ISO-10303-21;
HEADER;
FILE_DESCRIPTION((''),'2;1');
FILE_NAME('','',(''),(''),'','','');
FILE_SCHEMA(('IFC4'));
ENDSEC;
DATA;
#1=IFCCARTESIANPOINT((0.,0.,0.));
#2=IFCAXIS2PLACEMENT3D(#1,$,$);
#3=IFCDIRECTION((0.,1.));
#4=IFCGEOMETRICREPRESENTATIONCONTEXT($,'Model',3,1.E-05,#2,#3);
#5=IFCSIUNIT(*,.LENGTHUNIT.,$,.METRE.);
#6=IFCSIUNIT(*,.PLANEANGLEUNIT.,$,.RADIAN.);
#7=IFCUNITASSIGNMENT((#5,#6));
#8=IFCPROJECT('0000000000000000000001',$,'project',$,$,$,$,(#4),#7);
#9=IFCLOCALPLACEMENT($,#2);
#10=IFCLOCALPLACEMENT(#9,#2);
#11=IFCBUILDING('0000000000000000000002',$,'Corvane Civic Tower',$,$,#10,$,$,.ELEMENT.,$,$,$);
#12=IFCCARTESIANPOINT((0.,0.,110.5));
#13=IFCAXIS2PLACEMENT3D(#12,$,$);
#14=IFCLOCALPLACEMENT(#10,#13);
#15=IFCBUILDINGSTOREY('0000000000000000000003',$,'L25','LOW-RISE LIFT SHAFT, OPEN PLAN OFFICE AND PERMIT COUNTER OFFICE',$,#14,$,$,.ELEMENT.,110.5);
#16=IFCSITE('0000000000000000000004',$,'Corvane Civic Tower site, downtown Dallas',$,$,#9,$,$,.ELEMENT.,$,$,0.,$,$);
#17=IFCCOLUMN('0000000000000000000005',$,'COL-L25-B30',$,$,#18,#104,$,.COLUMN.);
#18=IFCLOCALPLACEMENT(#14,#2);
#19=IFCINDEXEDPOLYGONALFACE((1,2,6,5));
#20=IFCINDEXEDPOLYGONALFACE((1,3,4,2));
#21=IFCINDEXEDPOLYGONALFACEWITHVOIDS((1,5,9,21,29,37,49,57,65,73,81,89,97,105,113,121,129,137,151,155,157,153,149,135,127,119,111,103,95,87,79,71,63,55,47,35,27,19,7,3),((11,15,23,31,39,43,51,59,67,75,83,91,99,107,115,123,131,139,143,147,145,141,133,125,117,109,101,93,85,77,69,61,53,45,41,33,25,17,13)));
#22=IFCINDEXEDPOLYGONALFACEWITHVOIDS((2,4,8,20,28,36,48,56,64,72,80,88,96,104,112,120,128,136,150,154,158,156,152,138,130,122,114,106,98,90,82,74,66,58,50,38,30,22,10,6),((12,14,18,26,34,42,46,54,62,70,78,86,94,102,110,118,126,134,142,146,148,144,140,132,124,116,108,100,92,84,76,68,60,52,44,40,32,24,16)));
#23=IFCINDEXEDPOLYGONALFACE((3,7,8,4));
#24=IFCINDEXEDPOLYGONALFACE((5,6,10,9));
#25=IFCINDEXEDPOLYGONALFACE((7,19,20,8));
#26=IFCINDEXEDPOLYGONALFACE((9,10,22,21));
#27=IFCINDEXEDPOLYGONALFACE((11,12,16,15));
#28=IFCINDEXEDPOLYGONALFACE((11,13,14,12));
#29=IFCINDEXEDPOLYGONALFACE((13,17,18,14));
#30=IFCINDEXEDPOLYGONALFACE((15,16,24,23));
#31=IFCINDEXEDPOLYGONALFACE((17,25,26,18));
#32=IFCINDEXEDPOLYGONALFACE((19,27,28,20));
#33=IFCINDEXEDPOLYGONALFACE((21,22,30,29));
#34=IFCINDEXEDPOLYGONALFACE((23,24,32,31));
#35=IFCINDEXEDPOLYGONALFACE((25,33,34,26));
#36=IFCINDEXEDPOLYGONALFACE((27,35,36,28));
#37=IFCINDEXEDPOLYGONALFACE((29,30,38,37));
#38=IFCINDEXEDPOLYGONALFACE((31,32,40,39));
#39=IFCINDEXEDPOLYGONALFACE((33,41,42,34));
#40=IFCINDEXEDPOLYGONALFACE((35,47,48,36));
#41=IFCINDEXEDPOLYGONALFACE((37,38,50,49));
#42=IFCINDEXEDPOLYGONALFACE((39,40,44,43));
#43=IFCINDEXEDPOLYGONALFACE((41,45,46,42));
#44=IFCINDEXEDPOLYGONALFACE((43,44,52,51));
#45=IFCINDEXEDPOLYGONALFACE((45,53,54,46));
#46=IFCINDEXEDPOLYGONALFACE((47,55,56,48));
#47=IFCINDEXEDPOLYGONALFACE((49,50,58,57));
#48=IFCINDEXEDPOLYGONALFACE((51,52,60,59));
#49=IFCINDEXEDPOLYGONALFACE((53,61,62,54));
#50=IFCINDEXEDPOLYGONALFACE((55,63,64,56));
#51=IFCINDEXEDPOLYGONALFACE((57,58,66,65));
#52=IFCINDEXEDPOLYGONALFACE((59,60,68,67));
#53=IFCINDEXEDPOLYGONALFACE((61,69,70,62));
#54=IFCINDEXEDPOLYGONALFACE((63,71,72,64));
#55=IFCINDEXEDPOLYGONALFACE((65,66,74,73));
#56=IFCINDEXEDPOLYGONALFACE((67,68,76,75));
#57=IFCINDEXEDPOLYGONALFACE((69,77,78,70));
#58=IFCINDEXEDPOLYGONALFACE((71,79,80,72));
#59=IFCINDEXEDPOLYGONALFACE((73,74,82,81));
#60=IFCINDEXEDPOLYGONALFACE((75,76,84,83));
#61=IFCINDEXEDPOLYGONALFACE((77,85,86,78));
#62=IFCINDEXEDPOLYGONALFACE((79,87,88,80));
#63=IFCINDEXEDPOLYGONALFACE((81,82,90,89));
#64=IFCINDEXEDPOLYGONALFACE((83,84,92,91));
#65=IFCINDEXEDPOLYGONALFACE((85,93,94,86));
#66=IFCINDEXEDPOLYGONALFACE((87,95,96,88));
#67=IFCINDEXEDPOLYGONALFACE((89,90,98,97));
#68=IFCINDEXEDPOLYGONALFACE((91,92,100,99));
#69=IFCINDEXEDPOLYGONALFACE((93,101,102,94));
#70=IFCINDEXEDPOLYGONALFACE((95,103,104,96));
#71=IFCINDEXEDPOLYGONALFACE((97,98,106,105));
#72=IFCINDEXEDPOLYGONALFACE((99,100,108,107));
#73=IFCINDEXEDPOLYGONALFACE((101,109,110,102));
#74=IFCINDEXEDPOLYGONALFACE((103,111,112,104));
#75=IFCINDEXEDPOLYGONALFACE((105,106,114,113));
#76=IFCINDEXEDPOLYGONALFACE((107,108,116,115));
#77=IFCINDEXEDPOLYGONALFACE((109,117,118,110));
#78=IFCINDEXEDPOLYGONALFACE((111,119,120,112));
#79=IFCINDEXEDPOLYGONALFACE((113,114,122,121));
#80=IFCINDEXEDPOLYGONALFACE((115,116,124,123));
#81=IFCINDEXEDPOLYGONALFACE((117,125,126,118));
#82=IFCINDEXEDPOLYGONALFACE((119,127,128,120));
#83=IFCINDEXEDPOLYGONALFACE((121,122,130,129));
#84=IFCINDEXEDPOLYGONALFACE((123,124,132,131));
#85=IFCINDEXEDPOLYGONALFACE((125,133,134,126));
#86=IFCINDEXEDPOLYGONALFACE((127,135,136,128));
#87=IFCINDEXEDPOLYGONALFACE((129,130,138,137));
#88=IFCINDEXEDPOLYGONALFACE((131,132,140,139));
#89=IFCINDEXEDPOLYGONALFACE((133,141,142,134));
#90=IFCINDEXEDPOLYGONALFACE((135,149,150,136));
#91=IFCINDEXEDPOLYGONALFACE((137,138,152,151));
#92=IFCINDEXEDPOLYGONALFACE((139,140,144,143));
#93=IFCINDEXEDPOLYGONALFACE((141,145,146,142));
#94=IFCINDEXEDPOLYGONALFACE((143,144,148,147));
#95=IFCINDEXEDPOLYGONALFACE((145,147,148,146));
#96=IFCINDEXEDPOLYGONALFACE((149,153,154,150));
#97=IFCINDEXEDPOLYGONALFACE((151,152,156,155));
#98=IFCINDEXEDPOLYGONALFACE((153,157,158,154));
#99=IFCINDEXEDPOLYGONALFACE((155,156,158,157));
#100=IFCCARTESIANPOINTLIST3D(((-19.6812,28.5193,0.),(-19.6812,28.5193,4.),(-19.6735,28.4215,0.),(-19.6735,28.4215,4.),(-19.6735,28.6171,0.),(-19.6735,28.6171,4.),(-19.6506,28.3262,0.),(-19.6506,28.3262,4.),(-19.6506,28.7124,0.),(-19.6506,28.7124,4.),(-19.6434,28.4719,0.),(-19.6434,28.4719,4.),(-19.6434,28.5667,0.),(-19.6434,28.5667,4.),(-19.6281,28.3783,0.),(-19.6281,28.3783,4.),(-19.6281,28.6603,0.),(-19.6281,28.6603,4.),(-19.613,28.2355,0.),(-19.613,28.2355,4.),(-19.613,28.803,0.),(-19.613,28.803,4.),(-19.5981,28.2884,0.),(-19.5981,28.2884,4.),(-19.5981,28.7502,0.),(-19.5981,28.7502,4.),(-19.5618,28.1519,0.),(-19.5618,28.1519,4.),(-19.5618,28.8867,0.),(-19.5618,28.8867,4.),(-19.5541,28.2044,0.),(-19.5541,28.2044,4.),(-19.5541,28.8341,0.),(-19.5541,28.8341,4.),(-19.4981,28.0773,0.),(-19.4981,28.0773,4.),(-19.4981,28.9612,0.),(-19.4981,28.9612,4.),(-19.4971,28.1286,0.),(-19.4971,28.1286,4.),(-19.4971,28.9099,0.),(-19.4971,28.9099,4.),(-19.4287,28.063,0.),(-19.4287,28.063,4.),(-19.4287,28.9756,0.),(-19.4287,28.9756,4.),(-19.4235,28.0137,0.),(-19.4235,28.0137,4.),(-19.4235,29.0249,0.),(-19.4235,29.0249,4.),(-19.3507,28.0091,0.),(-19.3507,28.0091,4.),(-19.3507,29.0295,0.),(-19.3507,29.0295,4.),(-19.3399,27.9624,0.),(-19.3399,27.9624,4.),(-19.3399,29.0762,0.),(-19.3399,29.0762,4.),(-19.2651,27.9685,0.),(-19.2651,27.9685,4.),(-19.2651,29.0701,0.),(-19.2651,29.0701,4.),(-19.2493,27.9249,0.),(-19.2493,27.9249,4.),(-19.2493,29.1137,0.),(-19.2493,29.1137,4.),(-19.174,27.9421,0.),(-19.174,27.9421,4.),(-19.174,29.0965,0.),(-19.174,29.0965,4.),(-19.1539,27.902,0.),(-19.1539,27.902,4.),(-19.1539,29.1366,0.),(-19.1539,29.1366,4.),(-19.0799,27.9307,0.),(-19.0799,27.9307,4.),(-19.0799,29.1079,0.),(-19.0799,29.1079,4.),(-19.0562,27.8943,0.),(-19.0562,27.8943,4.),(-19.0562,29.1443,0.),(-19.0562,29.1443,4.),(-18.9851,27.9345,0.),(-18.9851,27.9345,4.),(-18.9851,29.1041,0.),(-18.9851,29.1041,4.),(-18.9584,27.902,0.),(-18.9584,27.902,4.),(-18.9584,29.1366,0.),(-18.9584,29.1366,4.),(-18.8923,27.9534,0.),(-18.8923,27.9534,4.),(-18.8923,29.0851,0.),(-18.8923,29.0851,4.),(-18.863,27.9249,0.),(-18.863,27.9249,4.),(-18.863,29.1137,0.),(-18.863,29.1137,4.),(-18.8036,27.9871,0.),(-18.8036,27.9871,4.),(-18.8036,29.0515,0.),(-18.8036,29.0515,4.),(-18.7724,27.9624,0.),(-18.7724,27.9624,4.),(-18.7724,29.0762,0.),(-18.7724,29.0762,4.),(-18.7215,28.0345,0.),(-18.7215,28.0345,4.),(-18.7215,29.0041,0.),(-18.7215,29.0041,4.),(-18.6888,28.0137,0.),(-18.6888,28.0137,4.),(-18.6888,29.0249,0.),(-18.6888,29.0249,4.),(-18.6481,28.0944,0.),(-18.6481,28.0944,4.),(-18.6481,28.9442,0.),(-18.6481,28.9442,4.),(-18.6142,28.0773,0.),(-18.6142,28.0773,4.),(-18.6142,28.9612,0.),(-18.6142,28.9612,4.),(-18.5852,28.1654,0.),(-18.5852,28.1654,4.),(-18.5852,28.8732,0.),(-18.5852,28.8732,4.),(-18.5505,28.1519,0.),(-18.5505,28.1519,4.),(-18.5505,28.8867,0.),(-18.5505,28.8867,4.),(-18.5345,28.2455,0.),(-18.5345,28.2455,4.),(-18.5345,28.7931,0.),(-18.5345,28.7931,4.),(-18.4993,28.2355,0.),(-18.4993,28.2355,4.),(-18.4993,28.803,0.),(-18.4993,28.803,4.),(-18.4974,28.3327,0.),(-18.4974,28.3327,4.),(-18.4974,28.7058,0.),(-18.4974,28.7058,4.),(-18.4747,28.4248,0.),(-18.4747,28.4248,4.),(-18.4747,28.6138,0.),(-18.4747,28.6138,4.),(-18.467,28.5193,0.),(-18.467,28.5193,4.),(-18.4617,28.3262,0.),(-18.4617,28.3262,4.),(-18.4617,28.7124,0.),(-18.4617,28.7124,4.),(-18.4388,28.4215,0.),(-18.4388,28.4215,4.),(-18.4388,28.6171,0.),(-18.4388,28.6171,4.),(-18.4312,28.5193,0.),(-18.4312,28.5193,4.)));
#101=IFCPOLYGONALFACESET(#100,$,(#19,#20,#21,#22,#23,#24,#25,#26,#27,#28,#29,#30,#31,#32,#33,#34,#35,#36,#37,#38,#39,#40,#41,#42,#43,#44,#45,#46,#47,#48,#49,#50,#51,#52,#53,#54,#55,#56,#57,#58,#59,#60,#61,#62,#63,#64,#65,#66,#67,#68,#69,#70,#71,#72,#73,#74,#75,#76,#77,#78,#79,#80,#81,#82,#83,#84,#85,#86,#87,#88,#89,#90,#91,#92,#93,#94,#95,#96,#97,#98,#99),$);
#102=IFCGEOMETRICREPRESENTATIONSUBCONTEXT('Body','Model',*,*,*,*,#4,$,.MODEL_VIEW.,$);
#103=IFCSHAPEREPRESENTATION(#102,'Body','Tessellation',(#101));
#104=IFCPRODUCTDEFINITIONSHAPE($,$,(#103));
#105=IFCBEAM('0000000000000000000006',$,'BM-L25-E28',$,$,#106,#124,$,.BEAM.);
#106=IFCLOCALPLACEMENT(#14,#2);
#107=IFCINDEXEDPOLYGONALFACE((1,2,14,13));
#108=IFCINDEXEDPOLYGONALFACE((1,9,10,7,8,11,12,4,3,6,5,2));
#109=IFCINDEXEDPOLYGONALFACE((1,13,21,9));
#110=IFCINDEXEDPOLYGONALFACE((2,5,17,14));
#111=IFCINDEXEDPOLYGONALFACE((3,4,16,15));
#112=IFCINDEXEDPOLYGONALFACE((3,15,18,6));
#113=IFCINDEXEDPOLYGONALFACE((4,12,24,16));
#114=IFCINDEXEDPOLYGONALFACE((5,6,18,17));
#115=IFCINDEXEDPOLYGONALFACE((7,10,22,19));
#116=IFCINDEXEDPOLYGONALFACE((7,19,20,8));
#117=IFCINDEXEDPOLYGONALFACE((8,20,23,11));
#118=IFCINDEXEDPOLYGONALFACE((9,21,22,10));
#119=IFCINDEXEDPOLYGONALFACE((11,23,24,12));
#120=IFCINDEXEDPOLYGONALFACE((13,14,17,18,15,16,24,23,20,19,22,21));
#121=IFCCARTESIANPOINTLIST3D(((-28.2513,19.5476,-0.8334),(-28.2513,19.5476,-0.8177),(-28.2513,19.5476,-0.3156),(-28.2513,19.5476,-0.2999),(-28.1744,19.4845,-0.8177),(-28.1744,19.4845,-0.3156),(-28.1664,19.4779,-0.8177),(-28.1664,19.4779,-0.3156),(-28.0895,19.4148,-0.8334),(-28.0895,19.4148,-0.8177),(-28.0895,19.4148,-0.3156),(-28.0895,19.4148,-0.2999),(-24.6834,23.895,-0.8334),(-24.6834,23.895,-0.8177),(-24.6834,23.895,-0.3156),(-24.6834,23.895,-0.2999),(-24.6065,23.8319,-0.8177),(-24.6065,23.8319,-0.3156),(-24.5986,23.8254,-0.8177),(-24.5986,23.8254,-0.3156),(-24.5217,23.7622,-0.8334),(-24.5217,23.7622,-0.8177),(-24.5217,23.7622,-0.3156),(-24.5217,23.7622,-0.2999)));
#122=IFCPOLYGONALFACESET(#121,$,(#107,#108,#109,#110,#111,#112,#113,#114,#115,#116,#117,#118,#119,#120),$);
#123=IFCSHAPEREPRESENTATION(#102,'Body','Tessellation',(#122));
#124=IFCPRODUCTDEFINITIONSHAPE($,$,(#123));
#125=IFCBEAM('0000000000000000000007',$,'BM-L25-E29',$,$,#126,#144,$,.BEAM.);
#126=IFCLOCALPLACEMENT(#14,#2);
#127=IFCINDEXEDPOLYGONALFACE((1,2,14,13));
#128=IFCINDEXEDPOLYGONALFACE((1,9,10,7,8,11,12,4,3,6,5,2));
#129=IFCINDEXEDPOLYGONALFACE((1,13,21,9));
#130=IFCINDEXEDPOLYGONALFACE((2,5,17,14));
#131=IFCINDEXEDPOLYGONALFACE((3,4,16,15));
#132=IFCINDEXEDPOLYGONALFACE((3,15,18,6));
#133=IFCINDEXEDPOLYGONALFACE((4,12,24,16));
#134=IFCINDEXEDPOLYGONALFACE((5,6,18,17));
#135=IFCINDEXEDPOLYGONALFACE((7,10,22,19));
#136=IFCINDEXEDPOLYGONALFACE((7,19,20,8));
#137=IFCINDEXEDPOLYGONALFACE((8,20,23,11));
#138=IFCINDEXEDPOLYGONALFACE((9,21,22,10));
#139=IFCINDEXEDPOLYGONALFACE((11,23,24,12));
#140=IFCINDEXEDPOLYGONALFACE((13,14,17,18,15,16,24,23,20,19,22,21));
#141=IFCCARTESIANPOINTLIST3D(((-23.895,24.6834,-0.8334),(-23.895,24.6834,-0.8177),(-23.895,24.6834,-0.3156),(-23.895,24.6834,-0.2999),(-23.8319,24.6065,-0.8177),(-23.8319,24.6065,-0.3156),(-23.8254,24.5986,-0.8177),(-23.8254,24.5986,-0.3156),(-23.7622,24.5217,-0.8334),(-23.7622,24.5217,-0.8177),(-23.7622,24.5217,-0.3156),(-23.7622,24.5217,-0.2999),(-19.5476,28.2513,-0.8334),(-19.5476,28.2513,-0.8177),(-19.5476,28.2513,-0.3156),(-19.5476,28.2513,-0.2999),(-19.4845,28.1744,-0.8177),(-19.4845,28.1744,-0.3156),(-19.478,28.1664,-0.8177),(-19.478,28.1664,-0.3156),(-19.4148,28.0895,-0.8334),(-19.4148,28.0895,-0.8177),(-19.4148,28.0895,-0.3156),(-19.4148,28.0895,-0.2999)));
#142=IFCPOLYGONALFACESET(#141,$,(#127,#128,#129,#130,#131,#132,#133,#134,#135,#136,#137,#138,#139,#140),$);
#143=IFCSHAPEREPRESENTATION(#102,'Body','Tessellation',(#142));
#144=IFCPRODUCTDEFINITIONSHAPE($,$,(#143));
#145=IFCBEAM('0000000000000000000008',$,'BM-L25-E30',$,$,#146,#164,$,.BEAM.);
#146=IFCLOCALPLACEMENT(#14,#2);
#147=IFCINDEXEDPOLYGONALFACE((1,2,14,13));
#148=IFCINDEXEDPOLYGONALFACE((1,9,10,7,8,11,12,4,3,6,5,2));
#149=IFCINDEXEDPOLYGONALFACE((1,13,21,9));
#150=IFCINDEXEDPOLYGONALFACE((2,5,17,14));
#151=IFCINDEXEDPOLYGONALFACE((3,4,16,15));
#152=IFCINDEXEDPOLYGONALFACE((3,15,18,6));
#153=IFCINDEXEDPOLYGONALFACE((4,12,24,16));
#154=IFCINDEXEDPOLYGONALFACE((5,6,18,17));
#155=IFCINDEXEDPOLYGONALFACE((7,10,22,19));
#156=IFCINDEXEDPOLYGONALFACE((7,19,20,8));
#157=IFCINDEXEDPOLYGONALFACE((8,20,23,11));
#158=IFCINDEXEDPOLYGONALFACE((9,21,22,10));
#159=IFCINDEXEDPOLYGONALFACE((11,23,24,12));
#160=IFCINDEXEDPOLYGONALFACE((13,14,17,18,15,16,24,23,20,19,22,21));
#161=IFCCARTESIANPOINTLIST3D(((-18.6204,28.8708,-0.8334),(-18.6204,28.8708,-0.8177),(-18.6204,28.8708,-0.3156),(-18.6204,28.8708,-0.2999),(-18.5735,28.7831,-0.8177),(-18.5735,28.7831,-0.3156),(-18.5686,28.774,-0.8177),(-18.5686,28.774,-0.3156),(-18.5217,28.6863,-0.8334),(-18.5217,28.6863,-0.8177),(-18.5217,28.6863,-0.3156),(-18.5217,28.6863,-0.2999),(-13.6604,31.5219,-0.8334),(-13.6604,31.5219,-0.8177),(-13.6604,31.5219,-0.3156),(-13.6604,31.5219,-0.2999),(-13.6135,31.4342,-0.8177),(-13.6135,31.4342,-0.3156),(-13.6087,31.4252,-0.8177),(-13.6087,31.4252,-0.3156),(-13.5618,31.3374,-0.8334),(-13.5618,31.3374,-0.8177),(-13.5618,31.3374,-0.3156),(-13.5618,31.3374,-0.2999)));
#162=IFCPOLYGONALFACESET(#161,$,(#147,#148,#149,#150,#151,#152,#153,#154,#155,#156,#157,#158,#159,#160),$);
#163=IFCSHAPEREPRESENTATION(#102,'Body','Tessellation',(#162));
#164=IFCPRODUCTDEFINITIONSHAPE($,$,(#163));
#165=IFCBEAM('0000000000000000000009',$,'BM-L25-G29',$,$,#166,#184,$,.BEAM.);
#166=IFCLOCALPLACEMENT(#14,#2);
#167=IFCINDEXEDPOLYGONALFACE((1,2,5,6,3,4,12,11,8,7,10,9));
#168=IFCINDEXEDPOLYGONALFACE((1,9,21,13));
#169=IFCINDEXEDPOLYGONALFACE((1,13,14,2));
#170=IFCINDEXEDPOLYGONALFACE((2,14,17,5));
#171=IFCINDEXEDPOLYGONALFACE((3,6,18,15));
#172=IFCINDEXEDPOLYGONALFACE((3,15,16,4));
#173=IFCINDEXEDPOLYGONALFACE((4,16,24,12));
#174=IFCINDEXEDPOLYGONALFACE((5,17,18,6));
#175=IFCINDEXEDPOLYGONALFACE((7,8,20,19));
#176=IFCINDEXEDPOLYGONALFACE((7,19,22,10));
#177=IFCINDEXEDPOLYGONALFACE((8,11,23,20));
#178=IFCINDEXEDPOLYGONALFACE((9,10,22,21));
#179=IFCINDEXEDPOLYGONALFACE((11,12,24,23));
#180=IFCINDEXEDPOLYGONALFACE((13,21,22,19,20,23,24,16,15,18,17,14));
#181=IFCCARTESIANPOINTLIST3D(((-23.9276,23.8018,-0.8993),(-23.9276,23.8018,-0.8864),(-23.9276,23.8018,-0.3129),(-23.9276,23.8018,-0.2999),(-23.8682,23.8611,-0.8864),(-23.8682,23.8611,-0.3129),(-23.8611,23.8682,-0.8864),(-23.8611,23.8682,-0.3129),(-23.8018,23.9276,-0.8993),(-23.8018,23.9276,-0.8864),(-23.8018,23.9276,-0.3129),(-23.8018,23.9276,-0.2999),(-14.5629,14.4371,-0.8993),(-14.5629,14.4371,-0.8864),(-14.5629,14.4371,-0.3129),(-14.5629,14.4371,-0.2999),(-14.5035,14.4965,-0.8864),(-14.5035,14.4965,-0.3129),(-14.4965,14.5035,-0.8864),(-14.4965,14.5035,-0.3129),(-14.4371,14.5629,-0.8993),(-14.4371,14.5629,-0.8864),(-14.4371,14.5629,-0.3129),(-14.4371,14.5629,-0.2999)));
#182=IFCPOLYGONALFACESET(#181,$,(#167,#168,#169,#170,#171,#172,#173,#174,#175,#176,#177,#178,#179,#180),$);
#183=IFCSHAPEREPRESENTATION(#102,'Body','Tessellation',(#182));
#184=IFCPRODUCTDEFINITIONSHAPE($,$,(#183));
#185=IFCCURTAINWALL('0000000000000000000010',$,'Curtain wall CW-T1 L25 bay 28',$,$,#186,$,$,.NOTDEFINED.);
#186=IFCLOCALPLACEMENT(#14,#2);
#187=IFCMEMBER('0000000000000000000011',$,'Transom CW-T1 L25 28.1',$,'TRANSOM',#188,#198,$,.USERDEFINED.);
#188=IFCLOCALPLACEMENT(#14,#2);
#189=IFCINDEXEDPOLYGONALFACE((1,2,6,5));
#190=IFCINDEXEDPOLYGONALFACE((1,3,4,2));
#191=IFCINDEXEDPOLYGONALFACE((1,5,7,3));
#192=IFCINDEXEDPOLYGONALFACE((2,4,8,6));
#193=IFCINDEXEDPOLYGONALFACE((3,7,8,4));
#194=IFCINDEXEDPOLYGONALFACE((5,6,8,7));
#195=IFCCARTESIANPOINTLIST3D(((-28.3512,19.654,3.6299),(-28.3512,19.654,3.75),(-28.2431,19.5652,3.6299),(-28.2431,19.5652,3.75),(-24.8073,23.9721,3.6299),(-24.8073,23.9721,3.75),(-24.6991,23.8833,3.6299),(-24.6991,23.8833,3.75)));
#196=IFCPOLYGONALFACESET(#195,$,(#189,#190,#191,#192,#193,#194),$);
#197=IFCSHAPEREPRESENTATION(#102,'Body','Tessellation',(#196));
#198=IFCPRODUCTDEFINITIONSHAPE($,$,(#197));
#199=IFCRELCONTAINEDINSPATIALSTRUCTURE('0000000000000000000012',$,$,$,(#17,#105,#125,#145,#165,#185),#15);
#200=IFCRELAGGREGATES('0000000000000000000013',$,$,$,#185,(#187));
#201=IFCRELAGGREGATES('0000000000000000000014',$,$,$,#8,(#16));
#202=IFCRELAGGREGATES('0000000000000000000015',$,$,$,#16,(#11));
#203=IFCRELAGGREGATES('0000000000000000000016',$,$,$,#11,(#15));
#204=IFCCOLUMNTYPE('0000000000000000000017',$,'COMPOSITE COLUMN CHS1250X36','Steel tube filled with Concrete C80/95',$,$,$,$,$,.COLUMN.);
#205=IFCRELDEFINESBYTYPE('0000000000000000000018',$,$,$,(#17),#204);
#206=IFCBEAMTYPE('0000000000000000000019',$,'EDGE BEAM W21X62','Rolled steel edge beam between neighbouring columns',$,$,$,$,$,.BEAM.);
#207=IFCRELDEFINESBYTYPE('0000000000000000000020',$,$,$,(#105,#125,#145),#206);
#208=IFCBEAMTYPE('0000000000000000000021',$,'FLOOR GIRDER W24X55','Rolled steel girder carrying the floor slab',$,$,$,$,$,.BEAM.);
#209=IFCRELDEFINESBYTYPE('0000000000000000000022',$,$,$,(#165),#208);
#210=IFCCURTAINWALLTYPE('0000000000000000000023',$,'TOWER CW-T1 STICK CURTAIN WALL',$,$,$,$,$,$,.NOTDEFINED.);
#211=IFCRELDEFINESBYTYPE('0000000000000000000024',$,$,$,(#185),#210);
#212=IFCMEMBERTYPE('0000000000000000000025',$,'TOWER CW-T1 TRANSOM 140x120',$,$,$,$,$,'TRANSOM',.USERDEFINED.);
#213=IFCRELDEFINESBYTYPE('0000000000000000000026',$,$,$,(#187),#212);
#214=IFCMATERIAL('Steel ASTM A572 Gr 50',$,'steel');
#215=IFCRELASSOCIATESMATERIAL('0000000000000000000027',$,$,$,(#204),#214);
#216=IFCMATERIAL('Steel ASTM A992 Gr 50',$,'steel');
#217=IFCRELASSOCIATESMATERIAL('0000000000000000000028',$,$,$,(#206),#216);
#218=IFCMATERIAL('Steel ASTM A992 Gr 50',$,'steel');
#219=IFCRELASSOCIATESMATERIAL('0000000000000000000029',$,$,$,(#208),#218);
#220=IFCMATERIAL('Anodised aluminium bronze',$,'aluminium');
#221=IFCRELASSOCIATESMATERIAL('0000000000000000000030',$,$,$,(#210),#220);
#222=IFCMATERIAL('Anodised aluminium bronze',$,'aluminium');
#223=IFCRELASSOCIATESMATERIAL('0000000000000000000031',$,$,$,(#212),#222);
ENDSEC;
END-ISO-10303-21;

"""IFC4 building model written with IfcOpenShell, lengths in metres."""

from ifc_helpers import new_model, si_unit, direction, frame, origin, origin_2d, place, context, subcontext, project, spatial, rectangle, hollow_circle, i_section, extrude, material, material_profile, profile_set, type_object, element, aggregate, save


model = new_model("IFC4")

# Units and contexts
model_context = context("Model", 3, precision=1e-05, world=origin(), true_north=direction((0.0, 1.0)))
body_context = subcontext(model_context, "Body", "Model", "MODEL_VIEW")
ifc_project = project(units=[si_unit("LENGTHUNIT", "METRE"), si_unit("PLANEANGLEUNIT", "RADIAN")], contexts=[model_context])

# Site, building, storey
site_placement = place(None, origin())
site = spatial("IfcSite", under=ifc_project, at=site_placement, Name="Corvane Civic Tower site, downtown Dallas", CompositionType="ELEMENT", RefElevation=0.0)
building_placement = place(site_placement, origin())
building = spatial("IfcBuilding", under=site, at=building_placement, Name="Corvane Civic Tower", CompositionType="ELEMENT")
storey_placement = place(building_placement, frame((0.0, 0.0, 110.5)))
storey = spatial("IfcBuildingStorey", under=building, at=storey_placement, Name="L25", Description="LOW-RISE LIFT SHAFT, OPEN PLAN OFFICE AND PERMIT COUNTER OFFICE", CompositionType="ELEMENT", Elevation=110.5)

# Column
ifc_material_1 = material(Name="Steel ASTM A572 Gr 50", Category="steel")
ifc_material_profile_1 = material_profile(ifc_material_1, hollow_circle(Radius=0.625, WallThickness=0.0359, at=origin_2d()), Name="CHS1250X36")
ifc_profile_set_1 = profile_set([ifc_material_profile_1], Name="Steel ASTM A572 Gr 50")
column_type = type_object("IfcColumnType", Name="COMPOSITE COLUMN CHS1250X36", Description="Steel tube filled with Concrete C80/95", PredefinedType="COLUMN", material=ifc_profile_set_1)
for number, where, z_axis, x_axis, name in (
    (1, (-19.0562, 28.5193, 0.0), (0.0, 0.0, 1.0), (1.0, 0.0, 0.0), "COL-L25-B30"),
):
    element("IfcColumn", number, at=place(storey_placement, frame(where, z_axis=z_axis, x_axis=x_axis)), inside=storey, type_object=column_type, Name=name, PredefinedType="COLUMN", context=body_context, shape_type="SweptSolid", body=[
        extrude(hollow_circle(Radius=0.625, WallThickness=0.0359, at=origin_2d()), origin(), (0.0, 0.0, 1.0), 4.0),
    ])

# Beams
ifc_material_2 = material(Name="Steel ASTM A992 Gr 50", Category="steel")
ifc_material_profile_2 = material_profile(ifc_material_2, i_section(OverallWidth=0.2092, OverallDepth=0.5334, WebThickness=0.0103, FlangeThickness=0.0156, at=origin_2d()), Name="W21X62")
ifc_profile_set_2 = profile_set([ifc_material_profile_2], Name="Steel ASTM A992 Gr 50")
beam_type_1 = type_object("IfcBeamType", Name="EDGE BEAM W21X62", Description="Rolled steel edge beam between neighbouring columns", PredefinedType="BEAM", material=ifc_profile_set_2)
for number, where, z_axis, x_axis, name in (
    (2, (-28.1704, 19.4812, -0.5667), (0.634398, 0.773007, 0.0), (-0.773007, 0.634398, 0.0), "BM-L25-E28"),
    (3, (-23.8286, 24.6025, -0.5667), (0.773007, 0.634398, 0.0), (-0.634398, 0.773007, 0.0), "BM-L25-E29"),
    (4, (-18.571, 28.7786, -0.5667), (0.881924, 0.471392, 0.0), (-0.471392, 0.881924, 0.0), "BM-L25-E30"),
):
    element("IfcBeam", number, at=place(storey_placement, frame(where, z_axis=z_axis, x_axis=x_axis)), inside=storey, type_object=beam_type_1, Name=name, PredefinedType="BEAM", context=body_context, shape_type="SweptSolid", body=[
        extrude(i_section(OverallWidth=0.2092, OverallDepth=0.5334, WebThickness=0.0103, FlangeThickness=0.0156, at=origin_2d()), origin(), (0.0, 0.0, 1.0), 5.624),
    ])
ifc_material_3 = material(Name="Steel ASTM A992 Gr 50", Category="steel")
ifc_material_profile_3 = material_profile(ifc_material_3, i_section(OverallWidth=0.178, OverallDepth=0.5994, WebThickness=0.01, FlangeThickness=0.0129, at=origin_2d()), Name="W24X55")
ifc_profile_set_3 = profile_set([ifc_material_profile_3], Name="Steel ASTM A992 Gr 50")
beam_type_2 = type_object("IfcBeamType", Name="FLOOR GIRDER W24X55", Description="Rolled steel girder carrying the floor slab", PredefinedType="BEAM", material=ifc_profile_set_3)
beam_placement = place(storey_placement, frame((-14.5, 14.5, -0.5996), z_axis=(-0.707107, 0.707107, 0.0), x_axis=(-0.707107, -0.707107, 0.0)))
element("IfcBeam", 5, at=beam_placement, inside=storey, type_object=beam_type_2, Name="BM-L25-G29", PredefinedType="BEAM", context=body_context, shape_type="SweptSolid", body=[
    extrude(i_section(OverallWidth=0.178, OverallDepth=0.5994, WebThickness=0.01, FlangeThickness=0.0129, at=origin_2d()), origin(), (0.0, 0.0, 1.0), 13.2437),
])

# Curtain wall, member
ifc_material_4 = material(Name="Anodised aluminium bronze", Category="aluminium")
curtain_wall_type = type_object("IfcCurtainWallType", Name="TOWER CW-T1 STICK CURTAIN WALL", PredefinedType="NOTDEFINED", material=ifc_material_4)
curtain_wall_1_placement = place(storey_placement, origin())
curtain_wall_1 = element("IfcCurtainWall", 6, at=curtain_wall_1_placement, inside=storey, type_object=curtain_wall_type, Name="Curtain wall CW-T1 L25 bay 28", PredefinedType="NOTDEFINED")
ifc_material_5 = material(Name="Anodised aluminium bronze", Category="aluminium")
ifc_material_profile_4 = material_profile(ifc_material_5, rectangle(XDim=0.1399, YDim=0.1201, at=origin_2d()), Name="TOWER CW-T1 TRANSOM 140x120")
ifc_profile_set_4 = profile_set([ifc_material_profile_4], Name="Anodised aluminium bronze")
member_type = type_object("IfcMemberType", Name="TOWER CW-T1 TRANSOM 140x120", ElementType="TRANSOM", PredefinedType="USERDEFINED", material=ifc_profile_set_4)
member_1_placement = place(storey_placement, frame((-28.2971, 19.6096, 3.6899), z_axis=(0.63441, 0.772996, 0.0), x_axis=(-0.772996, 0.63441, 0.0)))
member_1 = element("IfcMember", 7, at=member_1_placement, type_object=member_type, Name="Transom CW-T1 L25 28.1", ObjectType="TRANSOM", PredefinedType="USERDEFINED", context=body_context, shape_type="SweptSolid", body=[
    extrude(rectangle(XDim=0.1399, YDim=0.1201, at=origin_2d()), origin(), (0.0, 0.0, 1.0), 5.5862),
])

aggregate(curtain_wall_1, [member_1])

save(model, "model.ifc")
